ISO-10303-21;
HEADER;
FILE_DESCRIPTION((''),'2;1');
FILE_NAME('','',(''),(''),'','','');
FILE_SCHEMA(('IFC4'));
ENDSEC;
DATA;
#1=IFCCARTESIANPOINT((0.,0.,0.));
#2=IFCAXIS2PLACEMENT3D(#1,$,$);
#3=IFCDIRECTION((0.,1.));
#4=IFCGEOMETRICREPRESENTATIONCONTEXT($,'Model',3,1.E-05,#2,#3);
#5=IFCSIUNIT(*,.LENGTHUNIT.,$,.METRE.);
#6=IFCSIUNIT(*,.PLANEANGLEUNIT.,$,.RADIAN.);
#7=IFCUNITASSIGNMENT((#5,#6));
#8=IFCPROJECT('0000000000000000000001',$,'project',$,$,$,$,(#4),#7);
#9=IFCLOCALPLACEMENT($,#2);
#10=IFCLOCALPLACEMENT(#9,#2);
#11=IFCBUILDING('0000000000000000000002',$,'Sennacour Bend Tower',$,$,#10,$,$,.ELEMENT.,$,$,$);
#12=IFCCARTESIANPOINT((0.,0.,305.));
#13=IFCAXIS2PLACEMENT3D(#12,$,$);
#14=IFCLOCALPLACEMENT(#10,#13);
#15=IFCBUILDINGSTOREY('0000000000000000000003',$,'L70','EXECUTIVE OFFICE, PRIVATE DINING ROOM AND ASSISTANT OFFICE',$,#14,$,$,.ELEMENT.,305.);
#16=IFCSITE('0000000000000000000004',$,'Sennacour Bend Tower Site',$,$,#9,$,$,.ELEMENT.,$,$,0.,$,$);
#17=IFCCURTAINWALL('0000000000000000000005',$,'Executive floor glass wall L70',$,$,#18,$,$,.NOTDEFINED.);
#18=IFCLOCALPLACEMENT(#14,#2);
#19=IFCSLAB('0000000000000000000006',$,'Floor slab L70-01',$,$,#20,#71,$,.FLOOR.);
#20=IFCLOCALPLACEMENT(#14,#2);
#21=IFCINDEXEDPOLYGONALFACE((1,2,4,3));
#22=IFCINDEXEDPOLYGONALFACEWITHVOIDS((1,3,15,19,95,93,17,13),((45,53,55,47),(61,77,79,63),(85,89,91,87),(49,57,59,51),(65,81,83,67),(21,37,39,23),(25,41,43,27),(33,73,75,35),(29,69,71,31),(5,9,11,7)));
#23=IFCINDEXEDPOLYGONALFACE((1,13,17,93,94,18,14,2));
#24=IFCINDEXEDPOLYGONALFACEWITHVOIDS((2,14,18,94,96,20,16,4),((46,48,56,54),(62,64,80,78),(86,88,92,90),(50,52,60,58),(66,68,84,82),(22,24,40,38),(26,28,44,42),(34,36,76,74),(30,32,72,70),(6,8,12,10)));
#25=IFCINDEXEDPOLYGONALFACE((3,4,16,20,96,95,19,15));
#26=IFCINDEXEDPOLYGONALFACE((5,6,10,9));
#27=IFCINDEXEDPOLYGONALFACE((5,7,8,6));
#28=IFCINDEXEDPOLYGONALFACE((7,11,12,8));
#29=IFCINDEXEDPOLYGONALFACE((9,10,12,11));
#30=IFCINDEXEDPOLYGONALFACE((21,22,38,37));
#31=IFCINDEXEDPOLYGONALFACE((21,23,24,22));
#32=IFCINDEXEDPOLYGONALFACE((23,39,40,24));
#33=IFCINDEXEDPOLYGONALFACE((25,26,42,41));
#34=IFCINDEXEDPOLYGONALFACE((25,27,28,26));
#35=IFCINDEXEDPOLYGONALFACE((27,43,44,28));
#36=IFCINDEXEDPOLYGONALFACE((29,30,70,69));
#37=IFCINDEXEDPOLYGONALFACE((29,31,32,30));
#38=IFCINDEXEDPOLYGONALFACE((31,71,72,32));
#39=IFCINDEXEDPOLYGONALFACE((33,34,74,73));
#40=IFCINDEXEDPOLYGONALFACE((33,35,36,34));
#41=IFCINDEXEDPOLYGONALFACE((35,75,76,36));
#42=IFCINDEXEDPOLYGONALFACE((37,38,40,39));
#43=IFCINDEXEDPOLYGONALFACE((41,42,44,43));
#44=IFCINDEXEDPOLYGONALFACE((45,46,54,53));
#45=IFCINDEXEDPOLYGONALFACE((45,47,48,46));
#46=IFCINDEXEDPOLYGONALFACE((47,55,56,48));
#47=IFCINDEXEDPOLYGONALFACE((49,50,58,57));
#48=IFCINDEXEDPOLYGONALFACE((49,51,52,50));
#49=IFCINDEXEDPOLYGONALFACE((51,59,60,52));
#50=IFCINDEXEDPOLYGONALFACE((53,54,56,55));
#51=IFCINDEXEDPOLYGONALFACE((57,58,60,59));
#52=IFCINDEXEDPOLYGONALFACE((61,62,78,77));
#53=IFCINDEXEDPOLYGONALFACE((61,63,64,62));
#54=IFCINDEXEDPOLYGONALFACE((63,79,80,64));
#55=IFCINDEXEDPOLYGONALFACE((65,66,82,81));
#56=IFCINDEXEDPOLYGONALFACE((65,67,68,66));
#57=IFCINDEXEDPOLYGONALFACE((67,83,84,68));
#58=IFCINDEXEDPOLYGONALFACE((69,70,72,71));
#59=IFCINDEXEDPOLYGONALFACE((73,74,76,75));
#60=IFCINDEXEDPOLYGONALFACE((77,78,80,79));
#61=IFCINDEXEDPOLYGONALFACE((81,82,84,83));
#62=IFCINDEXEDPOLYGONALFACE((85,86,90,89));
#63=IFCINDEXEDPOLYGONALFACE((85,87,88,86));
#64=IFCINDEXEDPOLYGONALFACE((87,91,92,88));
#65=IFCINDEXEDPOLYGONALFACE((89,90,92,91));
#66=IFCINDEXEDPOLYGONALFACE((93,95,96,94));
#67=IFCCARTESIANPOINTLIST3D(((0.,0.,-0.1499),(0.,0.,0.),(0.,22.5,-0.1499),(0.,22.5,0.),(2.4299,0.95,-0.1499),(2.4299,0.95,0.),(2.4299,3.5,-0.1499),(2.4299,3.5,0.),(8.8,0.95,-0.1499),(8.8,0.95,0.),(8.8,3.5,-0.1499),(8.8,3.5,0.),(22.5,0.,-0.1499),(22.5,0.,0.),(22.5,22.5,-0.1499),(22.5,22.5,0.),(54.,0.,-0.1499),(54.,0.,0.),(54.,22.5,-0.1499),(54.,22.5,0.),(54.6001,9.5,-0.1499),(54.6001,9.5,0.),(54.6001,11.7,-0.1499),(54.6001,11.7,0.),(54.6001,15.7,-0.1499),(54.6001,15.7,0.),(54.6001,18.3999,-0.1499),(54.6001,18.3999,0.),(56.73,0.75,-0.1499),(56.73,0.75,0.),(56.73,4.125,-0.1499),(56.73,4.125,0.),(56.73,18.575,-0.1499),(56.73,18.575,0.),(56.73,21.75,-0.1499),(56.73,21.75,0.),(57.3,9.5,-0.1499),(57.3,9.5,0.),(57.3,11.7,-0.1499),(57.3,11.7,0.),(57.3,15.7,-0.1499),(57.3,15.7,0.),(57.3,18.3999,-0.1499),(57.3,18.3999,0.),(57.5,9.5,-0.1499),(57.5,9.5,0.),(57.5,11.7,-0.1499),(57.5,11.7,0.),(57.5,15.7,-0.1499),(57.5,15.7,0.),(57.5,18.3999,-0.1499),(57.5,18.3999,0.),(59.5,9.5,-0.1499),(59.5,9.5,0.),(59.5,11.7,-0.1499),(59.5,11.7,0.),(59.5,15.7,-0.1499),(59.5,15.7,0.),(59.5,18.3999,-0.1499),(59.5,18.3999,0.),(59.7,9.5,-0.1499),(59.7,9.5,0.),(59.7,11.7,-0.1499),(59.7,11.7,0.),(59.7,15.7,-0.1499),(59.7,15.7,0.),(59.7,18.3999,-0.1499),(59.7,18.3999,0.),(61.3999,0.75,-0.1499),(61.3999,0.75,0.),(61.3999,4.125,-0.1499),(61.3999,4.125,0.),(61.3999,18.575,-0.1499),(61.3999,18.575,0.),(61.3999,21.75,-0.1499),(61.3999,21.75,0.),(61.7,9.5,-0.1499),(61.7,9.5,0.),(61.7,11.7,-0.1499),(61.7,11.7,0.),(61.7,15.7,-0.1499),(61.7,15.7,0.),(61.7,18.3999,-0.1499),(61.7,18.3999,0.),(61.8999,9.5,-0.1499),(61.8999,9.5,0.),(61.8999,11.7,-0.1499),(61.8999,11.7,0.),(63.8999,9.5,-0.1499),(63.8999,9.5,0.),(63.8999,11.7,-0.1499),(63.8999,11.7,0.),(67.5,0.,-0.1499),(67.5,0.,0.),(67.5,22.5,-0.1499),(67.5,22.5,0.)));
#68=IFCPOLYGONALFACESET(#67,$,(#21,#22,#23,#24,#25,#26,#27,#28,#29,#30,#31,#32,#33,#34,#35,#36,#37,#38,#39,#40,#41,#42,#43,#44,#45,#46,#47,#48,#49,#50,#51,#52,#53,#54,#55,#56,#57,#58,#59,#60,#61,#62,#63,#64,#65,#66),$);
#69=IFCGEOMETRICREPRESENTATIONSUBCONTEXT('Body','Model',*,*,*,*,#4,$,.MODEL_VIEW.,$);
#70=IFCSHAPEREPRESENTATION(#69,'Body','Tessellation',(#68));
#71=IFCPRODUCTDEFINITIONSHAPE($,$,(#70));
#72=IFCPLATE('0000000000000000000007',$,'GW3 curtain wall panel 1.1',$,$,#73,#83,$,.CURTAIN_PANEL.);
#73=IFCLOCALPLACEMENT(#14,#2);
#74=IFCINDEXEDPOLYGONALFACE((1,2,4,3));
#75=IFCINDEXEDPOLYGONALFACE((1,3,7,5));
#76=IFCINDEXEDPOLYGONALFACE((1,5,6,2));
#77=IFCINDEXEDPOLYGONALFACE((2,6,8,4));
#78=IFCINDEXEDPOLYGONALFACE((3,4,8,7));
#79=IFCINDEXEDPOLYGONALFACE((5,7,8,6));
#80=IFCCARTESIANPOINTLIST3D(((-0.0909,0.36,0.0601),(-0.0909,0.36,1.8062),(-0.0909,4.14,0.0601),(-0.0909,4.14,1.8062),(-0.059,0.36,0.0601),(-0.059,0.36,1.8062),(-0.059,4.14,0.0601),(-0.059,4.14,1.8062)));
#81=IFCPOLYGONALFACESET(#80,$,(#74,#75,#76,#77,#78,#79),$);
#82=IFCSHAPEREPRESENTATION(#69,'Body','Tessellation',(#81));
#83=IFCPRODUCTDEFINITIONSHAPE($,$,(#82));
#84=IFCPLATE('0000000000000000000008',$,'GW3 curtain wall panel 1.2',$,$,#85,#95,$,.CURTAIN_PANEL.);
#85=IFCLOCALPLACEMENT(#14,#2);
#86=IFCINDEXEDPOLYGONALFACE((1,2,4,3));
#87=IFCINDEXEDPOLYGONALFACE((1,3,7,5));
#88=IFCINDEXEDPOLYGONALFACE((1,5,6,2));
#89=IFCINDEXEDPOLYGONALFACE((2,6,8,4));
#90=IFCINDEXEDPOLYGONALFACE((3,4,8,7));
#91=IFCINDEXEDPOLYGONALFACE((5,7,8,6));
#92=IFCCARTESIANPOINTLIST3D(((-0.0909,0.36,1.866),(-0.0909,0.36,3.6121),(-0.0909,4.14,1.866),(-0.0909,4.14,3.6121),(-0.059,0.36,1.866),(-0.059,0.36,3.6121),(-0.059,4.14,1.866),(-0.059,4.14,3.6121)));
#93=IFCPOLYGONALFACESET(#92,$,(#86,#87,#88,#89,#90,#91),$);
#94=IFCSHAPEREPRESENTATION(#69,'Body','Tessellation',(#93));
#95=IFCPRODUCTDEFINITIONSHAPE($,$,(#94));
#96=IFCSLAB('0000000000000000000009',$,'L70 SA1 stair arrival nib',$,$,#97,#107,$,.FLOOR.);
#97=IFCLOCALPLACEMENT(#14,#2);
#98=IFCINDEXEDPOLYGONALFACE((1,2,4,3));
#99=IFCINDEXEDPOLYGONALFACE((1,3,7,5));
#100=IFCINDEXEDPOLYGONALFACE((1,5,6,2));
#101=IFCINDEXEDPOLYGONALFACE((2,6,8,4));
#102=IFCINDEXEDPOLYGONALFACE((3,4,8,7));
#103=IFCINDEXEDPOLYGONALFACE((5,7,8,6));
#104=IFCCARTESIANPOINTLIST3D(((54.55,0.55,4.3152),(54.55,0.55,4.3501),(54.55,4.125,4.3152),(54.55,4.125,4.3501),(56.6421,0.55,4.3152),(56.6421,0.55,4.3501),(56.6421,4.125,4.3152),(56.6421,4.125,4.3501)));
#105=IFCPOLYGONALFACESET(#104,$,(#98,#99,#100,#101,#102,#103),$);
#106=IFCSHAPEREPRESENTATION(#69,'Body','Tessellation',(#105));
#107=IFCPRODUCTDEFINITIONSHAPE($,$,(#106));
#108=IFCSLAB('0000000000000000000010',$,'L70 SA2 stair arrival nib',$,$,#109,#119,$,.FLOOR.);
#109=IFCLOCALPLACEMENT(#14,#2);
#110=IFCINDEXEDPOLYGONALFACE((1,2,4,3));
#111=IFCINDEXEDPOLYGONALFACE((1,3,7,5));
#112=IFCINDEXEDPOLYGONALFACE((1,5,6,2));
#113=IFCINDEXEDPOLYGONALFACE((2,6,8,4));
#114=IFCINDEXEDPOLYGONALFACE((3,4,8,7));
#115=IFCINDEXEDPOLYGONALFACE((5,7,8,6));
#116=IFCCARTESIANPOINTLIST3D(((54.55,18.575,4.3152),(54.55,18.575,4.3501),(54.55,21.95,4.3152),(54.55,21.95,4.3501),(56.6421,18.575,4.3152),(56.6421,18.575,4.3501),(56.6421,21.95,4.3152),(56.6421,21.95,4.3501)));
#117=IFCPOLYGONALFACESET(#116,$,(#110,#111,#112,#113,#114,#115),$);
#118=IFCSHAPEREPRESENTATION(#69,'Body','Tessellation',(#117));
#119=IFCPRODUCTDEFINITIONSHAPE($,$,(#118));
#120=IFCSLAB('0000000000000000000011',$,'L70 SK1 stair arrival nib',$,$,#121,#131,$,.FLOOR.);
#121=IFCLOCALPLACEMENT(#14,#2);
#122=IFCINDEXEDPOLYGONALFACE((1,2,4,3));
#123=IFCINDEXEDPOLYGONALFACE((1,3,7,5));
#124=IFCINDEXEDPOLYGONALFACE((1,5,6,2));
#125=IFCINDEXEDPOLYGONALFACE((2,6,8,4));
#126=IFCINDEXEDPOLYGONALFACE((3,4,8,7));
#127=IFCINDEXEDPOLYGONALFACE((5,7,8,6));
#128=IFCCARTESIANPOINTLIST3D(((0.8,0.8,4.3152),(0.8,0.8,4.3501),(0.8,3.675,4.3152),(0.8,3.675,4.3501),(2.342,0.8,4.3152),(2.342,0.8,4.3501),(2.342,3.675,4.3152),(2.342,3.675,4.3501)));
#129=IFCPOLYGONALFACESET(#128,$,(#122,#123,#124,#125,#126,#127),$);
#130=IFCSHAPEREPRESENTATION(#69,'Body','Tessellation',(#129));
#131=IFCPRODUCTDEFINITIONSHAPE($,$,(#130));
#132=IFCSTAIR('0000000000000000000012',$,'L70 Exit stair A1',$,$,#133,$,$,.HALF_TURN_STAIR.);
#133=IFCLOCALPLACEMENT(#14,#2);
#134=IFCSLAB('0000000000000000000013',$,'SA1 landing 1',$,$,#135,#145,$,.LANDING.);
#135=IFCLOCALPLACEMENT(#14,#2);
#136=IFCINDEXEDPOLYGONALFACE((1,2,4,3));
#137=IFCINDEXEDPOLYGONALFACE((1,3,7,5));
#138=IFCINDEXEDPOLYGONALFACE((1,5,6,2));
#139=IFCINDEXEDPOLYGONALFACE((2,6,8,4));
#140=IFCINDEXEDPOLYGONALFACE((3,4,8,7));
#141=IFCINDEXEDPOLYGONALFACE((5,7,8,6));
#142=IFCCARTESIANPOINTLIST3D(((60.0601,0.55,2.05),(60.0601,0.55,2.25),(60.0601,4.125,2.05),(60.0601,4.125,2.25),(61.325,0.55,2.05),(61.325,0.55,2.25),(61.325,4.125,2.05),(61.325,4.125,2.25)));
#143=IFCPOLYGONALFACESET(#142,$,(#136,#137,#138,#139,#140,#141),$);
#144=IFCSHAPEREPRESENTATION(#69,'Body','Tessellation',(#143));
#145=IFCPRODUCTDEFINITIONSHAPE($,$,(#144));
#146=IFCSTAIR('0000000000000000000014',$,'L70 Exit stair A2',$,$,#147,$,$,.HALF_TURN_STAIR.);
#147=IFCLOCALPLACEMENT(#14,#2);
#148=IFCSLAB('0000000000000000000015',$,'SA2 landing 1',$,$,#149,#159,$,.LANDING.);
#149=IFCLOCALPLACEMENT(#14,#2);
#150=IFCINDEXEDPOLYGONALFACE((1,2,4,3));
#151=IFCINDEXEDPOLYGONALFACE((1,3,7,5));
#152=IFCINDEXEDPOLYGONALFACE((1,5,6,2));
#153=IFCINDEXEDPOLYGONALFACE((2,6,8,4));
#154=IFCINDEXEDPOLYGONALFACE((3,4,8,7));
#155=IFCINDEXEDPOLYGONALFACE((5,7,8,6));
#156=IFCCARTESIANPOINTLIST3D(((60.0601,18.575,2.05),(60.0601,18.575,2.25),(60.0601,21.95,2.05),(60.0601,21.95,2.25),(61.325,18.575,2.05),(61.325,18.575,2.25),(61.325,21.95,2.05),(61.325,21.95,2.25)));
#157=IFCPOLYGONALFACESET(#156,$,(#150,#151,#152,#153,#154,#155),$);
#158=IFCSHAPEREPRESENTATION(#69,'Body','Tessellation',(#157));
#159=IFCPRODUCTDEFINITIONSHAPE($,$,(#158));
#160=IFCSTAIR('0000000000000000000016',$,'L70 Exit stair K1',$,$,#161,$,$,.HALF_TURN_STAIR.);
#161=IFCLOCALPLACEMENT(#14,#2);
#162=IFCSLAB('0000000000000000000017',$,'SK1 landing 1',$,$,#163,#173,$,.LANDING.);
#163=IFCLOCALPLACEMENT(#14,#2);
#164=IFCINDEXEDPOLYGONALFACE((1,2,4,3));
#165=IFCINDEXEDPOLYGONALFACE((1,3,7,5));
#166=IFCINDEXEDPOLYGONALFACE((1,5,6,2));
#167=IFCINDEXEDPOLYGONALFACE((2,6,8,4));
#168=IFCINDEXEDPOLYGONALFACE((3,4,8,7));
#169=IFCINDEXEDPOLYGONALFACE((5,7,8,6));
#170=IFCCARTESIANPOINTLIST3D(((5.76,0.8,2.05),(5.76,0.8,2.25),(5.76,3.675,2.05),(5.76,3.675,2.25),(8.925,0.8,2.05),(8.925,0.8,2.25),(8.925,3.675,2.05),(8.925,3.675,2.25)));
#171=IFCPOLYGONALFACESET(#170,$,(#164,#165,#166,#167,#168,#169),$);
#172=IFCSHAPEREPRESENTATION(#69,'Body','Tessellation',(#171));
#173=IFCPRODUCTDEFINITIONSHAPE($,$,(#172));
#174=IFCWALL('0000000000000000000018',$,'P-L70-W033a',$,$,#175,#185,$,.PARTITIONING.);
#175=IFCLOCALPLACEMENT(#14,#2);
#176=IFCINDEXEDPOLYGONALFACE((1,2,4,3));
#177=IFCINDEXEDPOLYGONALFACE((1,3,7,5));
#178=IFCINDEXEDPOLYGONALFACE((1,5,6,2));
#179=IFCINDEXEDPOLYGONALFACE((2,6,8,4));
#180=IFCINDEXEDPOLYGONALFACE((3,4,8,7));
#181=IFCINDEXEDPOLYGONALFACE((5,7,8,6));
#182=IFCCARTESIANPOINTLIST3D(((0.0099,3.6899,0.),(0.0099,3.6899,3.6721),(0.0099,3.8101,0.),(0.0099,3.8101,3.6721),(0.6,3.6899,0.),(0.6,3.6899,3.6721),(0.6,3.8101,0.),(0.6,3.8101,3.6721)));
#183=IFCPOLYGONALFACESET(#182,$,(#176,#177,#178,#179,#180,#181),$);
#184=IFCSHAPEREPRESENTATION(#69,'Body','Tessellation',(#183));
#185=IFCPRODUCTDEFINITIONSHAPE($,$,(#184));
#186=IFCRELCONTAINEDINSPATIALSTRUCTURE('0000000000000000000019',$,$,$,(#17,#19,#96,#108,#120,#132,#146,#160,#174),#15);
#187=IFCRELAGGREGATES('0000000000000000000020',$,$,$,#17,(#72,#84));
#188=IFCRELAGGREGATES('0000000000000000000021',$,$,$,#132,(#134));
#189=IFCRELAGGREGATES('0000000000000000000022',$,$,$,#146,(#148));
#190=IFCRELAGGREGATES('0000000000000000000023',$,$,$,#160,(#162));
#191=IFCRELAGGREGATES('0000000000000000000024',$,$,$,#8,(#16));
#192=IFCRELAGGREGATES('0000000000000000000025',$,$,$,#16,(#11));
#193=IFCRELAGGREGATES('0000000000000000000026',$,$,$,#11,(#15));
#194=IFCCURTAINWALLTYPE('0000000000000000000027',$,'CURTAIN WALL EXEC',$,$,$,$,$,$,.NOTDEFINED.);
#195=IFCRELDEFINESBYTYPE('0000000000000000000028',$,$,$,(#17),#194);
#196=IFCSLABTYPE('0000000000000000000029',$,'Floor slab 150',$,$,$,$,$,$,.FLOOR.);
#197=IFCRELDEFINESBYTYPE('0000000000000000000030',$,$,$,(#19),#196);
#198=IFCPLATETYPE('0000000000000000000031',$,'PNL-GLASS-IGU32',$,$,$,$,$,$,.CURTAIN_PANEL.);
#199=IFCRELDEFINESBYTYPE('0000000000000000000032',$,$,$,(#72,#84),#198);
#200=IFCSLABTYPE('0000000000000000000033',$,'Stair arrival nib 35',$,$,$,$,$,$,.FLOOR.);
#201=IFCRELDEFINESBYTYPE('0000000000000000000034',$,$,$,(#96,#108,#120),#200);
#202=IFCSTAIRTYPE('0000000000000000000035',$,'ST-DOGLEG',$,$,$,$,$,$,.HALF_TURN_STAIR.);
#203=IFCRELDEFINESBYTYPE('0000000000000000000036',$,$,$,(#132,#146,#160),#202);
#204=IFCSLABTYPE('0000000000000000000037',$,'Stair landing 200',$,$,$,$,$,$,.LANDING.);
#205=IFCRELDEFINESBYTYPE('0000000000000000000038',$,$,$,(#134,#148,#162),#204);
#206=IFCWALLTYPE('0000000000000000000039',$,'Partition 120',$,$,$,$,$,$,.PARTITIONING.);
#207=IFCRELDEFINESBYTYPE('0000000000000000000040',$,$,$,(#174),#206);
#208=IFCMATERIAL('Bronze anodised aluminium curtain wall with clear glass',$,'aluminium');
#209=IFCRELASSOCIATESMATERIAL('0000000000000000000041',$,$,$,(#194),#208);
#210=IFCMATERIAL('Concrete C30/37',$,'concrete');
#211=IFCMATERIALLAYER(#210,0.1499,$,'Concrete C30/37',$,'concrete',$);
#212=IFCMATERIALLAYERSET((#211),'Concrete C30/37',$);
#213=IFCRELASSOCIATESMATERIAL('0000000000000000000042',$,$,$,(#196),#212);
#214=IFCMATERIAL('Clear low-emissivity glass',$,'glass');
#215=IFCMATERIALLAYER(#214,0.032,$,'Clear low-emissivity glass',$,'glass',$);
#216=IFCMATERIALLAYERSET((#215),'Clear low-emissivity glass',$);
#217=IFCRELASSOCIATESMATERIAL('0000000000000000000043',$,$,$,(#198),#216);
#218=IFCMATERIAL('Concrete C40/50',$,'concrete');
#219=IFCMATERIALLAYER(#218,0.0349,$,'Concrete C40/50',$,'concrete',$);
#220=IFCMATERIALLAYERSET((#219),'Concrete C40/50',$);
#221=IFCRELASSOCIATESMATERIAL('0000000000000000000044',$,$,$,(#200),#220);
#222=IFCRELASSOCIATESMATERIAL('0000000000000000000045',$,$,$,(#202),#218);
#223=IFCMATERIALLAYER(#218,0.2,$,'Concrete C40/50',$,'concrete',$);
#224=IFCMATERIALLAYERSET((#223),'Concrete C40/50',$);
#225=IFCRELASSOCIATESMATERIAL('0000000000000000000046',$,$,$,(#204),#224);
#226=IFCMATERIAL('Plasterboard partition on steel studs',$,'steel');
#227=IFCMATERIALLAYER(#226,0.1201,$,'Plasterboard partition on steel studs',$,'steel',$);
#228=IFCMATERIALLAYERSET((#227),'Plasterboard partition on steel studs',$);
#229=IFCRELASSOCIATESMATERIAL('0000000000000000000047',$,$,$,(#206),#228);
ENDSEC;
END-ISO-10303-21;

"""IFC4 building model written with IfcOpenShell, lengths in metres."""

from ifc_helpers import new_model, si_unit, direction, frame, frame_2d, origin, origin_2d, place, context, subcontext, project, spatial, polyline, rectangle, outline, extrude, material, layer, layer_set, type_object, element, aggregate, save


model = new_model("IFC4")

# Units and contexts
model_context = context("Model", 3, precision=1e-05, world=origin(), true_north=direction((0.0, 1.0)))
body_context = subcontext(model_context, "Body", "Model", "MODEL_VIEW")
ifc_project = project(units=[si_unit("LENGTHUNIT", "METRE"), si_unit("PLANEANGLEUNIT", "RADIAN")], contexts=[model_context])

# Site, building, storey
site_placement = place(None, origin())
site = spatial("IfcSite", under=ifc_project, at=site_placement, Name="Sennacour Bend Tower Site", CompositionType="ELEMENT", RefElevation=0.0)
building_placement = place(site_placement, origin())
building = spatial("IfcBuilding", under=site, at=building_placement, Name="Sennacour Bend Tower", CompositionType="ELEMENT")
storey_placement = place(building_placement, frame((0.0, 0.0, 305.0)))
storey = spatial("IfcBuildingStorey", under=building, at=storey_placement, Name="L70", Description="EXECUTIVE OFFICE, PRIVATE DINING ROOM AND ASSISTANT OFFICE", CompositionType="ELEMENT", Elevation=305.0)

# Shared definitions
ifc_material_1 = material(Name="Bronze anodised aluminium curtain wall with clear glass", Category="aluminium")
curtain_wall_type = type_object("IfcCurtainWallType", Name="CURTAIN WALL EXEC", PredefinedType="NOTDEFINED", material=ifc_material_1)

# Curtain wall
curtain_wall_1_placement = place(storey_placement, origin())
curtain_wall_1 = element("IfcCurtainWall", 1, at=curtain_wall_1_placement, inside=storey, type_object=curtain_wall_type, Name="Executive floor glass wall L70", PredefinedType="NOTDEFINED")

# Slab
ifc_material_2 = material(Name="Concrete C30/37", Category="concrete")
ifc_layer_1 = layer(ifc_material_2, 0.1499, Name="Concrete C30/37", Category="concrete")
ifc_layer_set_1 = layer_set([ifc_layer_1], Name="Concrete C30/37")
slab_type_1 = type_object("IfcSlabType", Name="Floor slab 150", PredefinedType="FLOOR", material=ifc_layer_set_1)
slab_1_placement = place(storey_placement, frame((0.0, 0.0, -0.1499)))
element("IfcSlab", 2, at=slab_1_placement, inside=storey, type_object=slab_type_1, Name="Floor slab L70-01", PredefinedType="FLOOR", context=body_context, shape_type="SweptSolid", body=[
    extrude(outline(polyline([(0.0, 22.5), (22.5, 22.5), (54.0, 22.5), (67.5, 22.5), (67.5, 0.0), (54.0, 0.0), (22.5, 0.0), (0.0, 0.0), (0.0, 22.5)]), holes=[polyline([(8.8, 3.5), (2.4299, 3.5), (2.4299, 0.95), (8.8, 0.95), (8.8, 3.5)]), polyline([(61.3999, 4.125), (56.73, 4.125), (56.73, 0.75), (61.3999, 0.75), (61.3999, 4.125)]), polyline([(57.3, 11.7), (54.6001, 11.7), (54.6001, 9.5), (57.3, 9.5), (57.3, 11.7)]), polyline([(59.5, 9.5), (59.5, 11.7), (57.5, 11.7), (57.5, 9.5), (59.5, 9.5)]), polyline([(61.7, 9.5), (61.7, 11.7), (59.7, 11.7), (59.7, 9.5), (61.7, 9.5)]), polyline([(63.8999, 11.7), (61.8999, 11.7), (61.8999, 9.5), (63.8999, 9.5), (63.8999, 11.7)]), polyline([(57.3, 18.3999), (54.6001, 18.3999), (54.6001, 15.7), (57.3, 15.7), (57.3, 18.3999)]), polyline([(59.5, 18.3999), (57.5, 18.3999), (57.5, 15.7), (59.5, 15.7), (59.5, 18.3999)]), polyline([(61.7, 15.7), (61.7, 18.3999), (59.7, 18.3999), (59.7, 15.7), (61.7, 15.7)]), polyline([(61.3999, 18.575), (61.3999, 21.75), (56.73, 21.75), (56.73, 18.575), (61.3999, 18.575)])]), origin(), (0.0, 0.0, 1.0), 0.1499),
])

# Plates
ifc_material_3 = material(Name="Clear low-emissivity glass", Category="glass")
ifc_layer_2 = layer(ifc_material_3, 0.032, Name="Clear low-emissivity glass", Category="glass")
ifc_layer_set_2 = layer_set([ifc_layer_2], Name="Clear low-emissivity glass")
plate_type = type_object("IfcPlateType", Name="PNL-GLASS-IGU32", PredefinedType="CURTAIN_PANEL", material=ifc_layer_set_2)
plate_1_placement = place(storey_placement, frame((-0.075, 2.25, 0.0601), z_axis=(0.0, 0.0, 1.0), x_axis=(0.0, -1.0, 0.0)))
plate_1 = element("IfcPlate", 3, at=plate_1_placement, type_object=plate_type, Name="GW3 curtain wall panel 1.1", PredefinedType="CURTAIN_PANEL", context=body_context, shape_type="SweptSolid", body=[
    extrude(rectangle(XDim=3.78, YDim=0.032, at=origin_2d()), origin(), (0.0, 0.0, 1.0), 1.7461),
])
plate_2_placement = place(storey_placement, frame((-0.075, 2.25, 1.866), z_axis=(0.0, 0.0, 1.0), x_axis=(0.0, -1.0, 0.0)))
plate_2 = element("IfcPlate", 4, at=plate_2_placement, type_object=plate_type, Name="GW3 curtain wall panel 1.2", PredefinedType="CURTAIN_PANEL", context=body_context, shape_type="SweptSolid", body=[
    extrude(rectangle(XDim=3.78, YDim=0.032, at=origin_2d()), origin(), (0.0, 0.0, 1.0), 1.7461),
])
aggregate(curtain_wall_1, [plate_1, plate_2])

# Slabs
ifc_material_4 = material(Name="Concrete C40/50", Category="concrete")
ifc_layer_3 = layer(ifc_material_4, 0.0349, Name="Concrete C40/50", Category="concrete")
ifc_layer_set_3 = layer_set([ifc_layer_3], Name="Concrete C40/50")
slab_type_2 = type_object("IfcSlabType", Name="Stair arrival nib 35", PredefinedType="FLOOR", material=ifc_layer_set_3)
slab_2_placement = place(storey_placement, frame((0.0, 0.0, 4.3152)))
element("IfcSlab", 5, at=slab_2_placement, inside=storey, type_object=slab_type_2, Name="L70 SA1 stair arrival nib", PredefinedType="FLOOR", context=body_context, shape_type="SweptSolid", body=[
    extrude(outline(polyline([(56.6421, 4.125), (54.55, 4.125), (54.55, 0.55), (56.6421, 0.55), (56.6421, 4.125)])), origin(), (0.0, 0.0, 1.0), 0.0349),
])
slab_3_placement = place(storey_placement, frame((0.0, 0.0, 4.3152)))
element("IfcSlab", 6, at=slab_3_placement, inside=storey, type_object=slab_type_2, Name="L70 SA2 stair arrival nib", PredefinedType="FLOOR", context=body_context, shape_type="SweptSolid", body=[
    extrude(outline(polyline([(56.6421, 21.95), (54.55, 21.95), (54.55, 18.575), (56.6421, 18.575), (56.6421, 21.95)])), origin(), (0.0, 0.0, 1.0), 0.0349),
])
slab_4_placement = place(storey_placement, frame((0.0, 0.0, 4.3152)))
element("IfcSlab", 7, at=slab_4_placement, inside=storey, type_object=slab_type_2, Name="L70 SK1 stair arrival nib", PredefinedType="FLOOR", context=body_context, shape_type="SweptSolid", body=[
    extrude(outline(polyline([(2.342, 3.675), (0.8, 3.675), (0.8, 0.8), (2.342, 0.8), (2.342, 3.675)])), origin(), (0.0, 0.0, 1.0), 0.0349),
])

# Stairs, slabs
stair_type = type_object("IfcStairType", Name="ST-DOGLEG", PredefinedType="HALF_TURN_STAIR", material=ifc_material_4)
stair_1_placement = place(storey_placement, origin())
stair_1 = element("IfcStair", 8, at=stair_1_placement, inside=storey, type_object=stair_type, Name="L70 Exit stair A1", PredefinedType="HALF_TURN_STAIR")
ifc_layer_4 = layer(ifc_material_4, 0.2, Name="Concrete C40/50", Category="concrete")
ifc_layer_set_4 = layer_set([ifc_layer_4], Name="Concrete C40/50")
slab_type_3 = type_object("IfcSlabType", Name="Stair landing 200", PredefinedType="LANDING", material=ifc_layer_set_4)
slab_5_placement = place(storey_placement, frame((0.0, 0.0, 2.05)))
slab_5 = element("IfcSlab", 9, at=slab_5_placement, type_object=slab_type_3, Name="SA1 landing 1", PredefinedType="LANDING", context=body_context, shape_type="SweptSolid", body=[
    extrude(outline(polyline([(60.0601, 0.55), (61.325, 0.55), (61.325, 4.125), (60.0601, 4.125), (60.0601, 0.55)])), origin(), (0.0, 0.0, 1.0), 0.2),
])
aggregate(stair_1, [slab_5])
stair_2_placement = place(storey_placement, origin())
stair_2 = element("IfcStair", 10, at=stair_2_placement, inside=storey, type_object=stair_type, Name="L70 Exit stair A2", PredefinedType="HALF_TURN_STAIR")
slab_6_placement = place(storey_placement, frame((0.0, 0.0, 2.05)))
slab_6 = element("IfcSlab", 11, at=slab_6_placement, type_object=slab_type_3, Name="SA2 landing 1", PredefinedType="LANDING", context=body_context, shape_type="SweptSolid", body=[
    extrude(outline(polyline([(60.0601, 18.575), (61.325, 18.575), (61.325, 21.95), (60.0601, 21.95), (60.0601, 18.575)])), origin(), (0.0, 0.0, 1.0), 0.2),
])
aggregate(stair_2, [slab_6])
stair_3_placement = place(storey_placement, origin())
stair_3 = element("IfcStair", 12, at=stair_3_placement, inside=storey, type_object=stair_type, Name="L70 Exit stair K1", PredefinedType="HALF_TURN_STAIR")
slab_7_placement = place(storey_placement, frame((0.0, 0.0, 2.05)))
slab_7 = element("IfcSlab", 13, at=slab_7_placement, type_object=slab_type_3, Name="SK1 landing 1", PredefinedType="LANDING", context=body_context, shape_type="SweptSolid", body=[
    extrude(outline(polyline([(5.76, 0.8), (8.925, 0.8), (8.925, 3.675), (5.76, 3.675), (5.76, 0.8)])), origin(), (0.0, 0.0, 1.0), 0.2),
])
aggregate(stair_3, [slab_7])

# Wall
ifc_material_5 = material(Name="Plasterboard partition on steel studs", Category="steel")
ifc_layer_5 = layer(ifc_material_5, 0.1201, Name="Plasterboard partition on steel studs", Category="steel")
ifc_layer_set_5 = layer_set([ifc_layer_5], Name="Plasterboard partition on steel studs")
wall_type = type_object("IfcWallType", Name="Partition 120", PredefinedType="PARTITIONING", material=ifc_layer_set_5)
wall_placement = place(storey_placement, frame((0.01, 3.75, 0.0), z_axis=(0.0, 0.0, 1.0), x_axis=(1.0, 0.0, 0.0)))
element("IfcWall", 14, at=wall_placement, inside=storey, type_object=wall_type, Name="P-L70-W033a", PredefinedType="PARTITIONING", context=body_context, shape_type="SweptSolid", body=[
    extrude(rectangle(XDim=0.5901, YDim=0.1201, at=frame_2d((0.2949, 0.0))), origin(), (0.0, 0.0, 1.0), 3.6721),
])

save(model, "model.ifc")
